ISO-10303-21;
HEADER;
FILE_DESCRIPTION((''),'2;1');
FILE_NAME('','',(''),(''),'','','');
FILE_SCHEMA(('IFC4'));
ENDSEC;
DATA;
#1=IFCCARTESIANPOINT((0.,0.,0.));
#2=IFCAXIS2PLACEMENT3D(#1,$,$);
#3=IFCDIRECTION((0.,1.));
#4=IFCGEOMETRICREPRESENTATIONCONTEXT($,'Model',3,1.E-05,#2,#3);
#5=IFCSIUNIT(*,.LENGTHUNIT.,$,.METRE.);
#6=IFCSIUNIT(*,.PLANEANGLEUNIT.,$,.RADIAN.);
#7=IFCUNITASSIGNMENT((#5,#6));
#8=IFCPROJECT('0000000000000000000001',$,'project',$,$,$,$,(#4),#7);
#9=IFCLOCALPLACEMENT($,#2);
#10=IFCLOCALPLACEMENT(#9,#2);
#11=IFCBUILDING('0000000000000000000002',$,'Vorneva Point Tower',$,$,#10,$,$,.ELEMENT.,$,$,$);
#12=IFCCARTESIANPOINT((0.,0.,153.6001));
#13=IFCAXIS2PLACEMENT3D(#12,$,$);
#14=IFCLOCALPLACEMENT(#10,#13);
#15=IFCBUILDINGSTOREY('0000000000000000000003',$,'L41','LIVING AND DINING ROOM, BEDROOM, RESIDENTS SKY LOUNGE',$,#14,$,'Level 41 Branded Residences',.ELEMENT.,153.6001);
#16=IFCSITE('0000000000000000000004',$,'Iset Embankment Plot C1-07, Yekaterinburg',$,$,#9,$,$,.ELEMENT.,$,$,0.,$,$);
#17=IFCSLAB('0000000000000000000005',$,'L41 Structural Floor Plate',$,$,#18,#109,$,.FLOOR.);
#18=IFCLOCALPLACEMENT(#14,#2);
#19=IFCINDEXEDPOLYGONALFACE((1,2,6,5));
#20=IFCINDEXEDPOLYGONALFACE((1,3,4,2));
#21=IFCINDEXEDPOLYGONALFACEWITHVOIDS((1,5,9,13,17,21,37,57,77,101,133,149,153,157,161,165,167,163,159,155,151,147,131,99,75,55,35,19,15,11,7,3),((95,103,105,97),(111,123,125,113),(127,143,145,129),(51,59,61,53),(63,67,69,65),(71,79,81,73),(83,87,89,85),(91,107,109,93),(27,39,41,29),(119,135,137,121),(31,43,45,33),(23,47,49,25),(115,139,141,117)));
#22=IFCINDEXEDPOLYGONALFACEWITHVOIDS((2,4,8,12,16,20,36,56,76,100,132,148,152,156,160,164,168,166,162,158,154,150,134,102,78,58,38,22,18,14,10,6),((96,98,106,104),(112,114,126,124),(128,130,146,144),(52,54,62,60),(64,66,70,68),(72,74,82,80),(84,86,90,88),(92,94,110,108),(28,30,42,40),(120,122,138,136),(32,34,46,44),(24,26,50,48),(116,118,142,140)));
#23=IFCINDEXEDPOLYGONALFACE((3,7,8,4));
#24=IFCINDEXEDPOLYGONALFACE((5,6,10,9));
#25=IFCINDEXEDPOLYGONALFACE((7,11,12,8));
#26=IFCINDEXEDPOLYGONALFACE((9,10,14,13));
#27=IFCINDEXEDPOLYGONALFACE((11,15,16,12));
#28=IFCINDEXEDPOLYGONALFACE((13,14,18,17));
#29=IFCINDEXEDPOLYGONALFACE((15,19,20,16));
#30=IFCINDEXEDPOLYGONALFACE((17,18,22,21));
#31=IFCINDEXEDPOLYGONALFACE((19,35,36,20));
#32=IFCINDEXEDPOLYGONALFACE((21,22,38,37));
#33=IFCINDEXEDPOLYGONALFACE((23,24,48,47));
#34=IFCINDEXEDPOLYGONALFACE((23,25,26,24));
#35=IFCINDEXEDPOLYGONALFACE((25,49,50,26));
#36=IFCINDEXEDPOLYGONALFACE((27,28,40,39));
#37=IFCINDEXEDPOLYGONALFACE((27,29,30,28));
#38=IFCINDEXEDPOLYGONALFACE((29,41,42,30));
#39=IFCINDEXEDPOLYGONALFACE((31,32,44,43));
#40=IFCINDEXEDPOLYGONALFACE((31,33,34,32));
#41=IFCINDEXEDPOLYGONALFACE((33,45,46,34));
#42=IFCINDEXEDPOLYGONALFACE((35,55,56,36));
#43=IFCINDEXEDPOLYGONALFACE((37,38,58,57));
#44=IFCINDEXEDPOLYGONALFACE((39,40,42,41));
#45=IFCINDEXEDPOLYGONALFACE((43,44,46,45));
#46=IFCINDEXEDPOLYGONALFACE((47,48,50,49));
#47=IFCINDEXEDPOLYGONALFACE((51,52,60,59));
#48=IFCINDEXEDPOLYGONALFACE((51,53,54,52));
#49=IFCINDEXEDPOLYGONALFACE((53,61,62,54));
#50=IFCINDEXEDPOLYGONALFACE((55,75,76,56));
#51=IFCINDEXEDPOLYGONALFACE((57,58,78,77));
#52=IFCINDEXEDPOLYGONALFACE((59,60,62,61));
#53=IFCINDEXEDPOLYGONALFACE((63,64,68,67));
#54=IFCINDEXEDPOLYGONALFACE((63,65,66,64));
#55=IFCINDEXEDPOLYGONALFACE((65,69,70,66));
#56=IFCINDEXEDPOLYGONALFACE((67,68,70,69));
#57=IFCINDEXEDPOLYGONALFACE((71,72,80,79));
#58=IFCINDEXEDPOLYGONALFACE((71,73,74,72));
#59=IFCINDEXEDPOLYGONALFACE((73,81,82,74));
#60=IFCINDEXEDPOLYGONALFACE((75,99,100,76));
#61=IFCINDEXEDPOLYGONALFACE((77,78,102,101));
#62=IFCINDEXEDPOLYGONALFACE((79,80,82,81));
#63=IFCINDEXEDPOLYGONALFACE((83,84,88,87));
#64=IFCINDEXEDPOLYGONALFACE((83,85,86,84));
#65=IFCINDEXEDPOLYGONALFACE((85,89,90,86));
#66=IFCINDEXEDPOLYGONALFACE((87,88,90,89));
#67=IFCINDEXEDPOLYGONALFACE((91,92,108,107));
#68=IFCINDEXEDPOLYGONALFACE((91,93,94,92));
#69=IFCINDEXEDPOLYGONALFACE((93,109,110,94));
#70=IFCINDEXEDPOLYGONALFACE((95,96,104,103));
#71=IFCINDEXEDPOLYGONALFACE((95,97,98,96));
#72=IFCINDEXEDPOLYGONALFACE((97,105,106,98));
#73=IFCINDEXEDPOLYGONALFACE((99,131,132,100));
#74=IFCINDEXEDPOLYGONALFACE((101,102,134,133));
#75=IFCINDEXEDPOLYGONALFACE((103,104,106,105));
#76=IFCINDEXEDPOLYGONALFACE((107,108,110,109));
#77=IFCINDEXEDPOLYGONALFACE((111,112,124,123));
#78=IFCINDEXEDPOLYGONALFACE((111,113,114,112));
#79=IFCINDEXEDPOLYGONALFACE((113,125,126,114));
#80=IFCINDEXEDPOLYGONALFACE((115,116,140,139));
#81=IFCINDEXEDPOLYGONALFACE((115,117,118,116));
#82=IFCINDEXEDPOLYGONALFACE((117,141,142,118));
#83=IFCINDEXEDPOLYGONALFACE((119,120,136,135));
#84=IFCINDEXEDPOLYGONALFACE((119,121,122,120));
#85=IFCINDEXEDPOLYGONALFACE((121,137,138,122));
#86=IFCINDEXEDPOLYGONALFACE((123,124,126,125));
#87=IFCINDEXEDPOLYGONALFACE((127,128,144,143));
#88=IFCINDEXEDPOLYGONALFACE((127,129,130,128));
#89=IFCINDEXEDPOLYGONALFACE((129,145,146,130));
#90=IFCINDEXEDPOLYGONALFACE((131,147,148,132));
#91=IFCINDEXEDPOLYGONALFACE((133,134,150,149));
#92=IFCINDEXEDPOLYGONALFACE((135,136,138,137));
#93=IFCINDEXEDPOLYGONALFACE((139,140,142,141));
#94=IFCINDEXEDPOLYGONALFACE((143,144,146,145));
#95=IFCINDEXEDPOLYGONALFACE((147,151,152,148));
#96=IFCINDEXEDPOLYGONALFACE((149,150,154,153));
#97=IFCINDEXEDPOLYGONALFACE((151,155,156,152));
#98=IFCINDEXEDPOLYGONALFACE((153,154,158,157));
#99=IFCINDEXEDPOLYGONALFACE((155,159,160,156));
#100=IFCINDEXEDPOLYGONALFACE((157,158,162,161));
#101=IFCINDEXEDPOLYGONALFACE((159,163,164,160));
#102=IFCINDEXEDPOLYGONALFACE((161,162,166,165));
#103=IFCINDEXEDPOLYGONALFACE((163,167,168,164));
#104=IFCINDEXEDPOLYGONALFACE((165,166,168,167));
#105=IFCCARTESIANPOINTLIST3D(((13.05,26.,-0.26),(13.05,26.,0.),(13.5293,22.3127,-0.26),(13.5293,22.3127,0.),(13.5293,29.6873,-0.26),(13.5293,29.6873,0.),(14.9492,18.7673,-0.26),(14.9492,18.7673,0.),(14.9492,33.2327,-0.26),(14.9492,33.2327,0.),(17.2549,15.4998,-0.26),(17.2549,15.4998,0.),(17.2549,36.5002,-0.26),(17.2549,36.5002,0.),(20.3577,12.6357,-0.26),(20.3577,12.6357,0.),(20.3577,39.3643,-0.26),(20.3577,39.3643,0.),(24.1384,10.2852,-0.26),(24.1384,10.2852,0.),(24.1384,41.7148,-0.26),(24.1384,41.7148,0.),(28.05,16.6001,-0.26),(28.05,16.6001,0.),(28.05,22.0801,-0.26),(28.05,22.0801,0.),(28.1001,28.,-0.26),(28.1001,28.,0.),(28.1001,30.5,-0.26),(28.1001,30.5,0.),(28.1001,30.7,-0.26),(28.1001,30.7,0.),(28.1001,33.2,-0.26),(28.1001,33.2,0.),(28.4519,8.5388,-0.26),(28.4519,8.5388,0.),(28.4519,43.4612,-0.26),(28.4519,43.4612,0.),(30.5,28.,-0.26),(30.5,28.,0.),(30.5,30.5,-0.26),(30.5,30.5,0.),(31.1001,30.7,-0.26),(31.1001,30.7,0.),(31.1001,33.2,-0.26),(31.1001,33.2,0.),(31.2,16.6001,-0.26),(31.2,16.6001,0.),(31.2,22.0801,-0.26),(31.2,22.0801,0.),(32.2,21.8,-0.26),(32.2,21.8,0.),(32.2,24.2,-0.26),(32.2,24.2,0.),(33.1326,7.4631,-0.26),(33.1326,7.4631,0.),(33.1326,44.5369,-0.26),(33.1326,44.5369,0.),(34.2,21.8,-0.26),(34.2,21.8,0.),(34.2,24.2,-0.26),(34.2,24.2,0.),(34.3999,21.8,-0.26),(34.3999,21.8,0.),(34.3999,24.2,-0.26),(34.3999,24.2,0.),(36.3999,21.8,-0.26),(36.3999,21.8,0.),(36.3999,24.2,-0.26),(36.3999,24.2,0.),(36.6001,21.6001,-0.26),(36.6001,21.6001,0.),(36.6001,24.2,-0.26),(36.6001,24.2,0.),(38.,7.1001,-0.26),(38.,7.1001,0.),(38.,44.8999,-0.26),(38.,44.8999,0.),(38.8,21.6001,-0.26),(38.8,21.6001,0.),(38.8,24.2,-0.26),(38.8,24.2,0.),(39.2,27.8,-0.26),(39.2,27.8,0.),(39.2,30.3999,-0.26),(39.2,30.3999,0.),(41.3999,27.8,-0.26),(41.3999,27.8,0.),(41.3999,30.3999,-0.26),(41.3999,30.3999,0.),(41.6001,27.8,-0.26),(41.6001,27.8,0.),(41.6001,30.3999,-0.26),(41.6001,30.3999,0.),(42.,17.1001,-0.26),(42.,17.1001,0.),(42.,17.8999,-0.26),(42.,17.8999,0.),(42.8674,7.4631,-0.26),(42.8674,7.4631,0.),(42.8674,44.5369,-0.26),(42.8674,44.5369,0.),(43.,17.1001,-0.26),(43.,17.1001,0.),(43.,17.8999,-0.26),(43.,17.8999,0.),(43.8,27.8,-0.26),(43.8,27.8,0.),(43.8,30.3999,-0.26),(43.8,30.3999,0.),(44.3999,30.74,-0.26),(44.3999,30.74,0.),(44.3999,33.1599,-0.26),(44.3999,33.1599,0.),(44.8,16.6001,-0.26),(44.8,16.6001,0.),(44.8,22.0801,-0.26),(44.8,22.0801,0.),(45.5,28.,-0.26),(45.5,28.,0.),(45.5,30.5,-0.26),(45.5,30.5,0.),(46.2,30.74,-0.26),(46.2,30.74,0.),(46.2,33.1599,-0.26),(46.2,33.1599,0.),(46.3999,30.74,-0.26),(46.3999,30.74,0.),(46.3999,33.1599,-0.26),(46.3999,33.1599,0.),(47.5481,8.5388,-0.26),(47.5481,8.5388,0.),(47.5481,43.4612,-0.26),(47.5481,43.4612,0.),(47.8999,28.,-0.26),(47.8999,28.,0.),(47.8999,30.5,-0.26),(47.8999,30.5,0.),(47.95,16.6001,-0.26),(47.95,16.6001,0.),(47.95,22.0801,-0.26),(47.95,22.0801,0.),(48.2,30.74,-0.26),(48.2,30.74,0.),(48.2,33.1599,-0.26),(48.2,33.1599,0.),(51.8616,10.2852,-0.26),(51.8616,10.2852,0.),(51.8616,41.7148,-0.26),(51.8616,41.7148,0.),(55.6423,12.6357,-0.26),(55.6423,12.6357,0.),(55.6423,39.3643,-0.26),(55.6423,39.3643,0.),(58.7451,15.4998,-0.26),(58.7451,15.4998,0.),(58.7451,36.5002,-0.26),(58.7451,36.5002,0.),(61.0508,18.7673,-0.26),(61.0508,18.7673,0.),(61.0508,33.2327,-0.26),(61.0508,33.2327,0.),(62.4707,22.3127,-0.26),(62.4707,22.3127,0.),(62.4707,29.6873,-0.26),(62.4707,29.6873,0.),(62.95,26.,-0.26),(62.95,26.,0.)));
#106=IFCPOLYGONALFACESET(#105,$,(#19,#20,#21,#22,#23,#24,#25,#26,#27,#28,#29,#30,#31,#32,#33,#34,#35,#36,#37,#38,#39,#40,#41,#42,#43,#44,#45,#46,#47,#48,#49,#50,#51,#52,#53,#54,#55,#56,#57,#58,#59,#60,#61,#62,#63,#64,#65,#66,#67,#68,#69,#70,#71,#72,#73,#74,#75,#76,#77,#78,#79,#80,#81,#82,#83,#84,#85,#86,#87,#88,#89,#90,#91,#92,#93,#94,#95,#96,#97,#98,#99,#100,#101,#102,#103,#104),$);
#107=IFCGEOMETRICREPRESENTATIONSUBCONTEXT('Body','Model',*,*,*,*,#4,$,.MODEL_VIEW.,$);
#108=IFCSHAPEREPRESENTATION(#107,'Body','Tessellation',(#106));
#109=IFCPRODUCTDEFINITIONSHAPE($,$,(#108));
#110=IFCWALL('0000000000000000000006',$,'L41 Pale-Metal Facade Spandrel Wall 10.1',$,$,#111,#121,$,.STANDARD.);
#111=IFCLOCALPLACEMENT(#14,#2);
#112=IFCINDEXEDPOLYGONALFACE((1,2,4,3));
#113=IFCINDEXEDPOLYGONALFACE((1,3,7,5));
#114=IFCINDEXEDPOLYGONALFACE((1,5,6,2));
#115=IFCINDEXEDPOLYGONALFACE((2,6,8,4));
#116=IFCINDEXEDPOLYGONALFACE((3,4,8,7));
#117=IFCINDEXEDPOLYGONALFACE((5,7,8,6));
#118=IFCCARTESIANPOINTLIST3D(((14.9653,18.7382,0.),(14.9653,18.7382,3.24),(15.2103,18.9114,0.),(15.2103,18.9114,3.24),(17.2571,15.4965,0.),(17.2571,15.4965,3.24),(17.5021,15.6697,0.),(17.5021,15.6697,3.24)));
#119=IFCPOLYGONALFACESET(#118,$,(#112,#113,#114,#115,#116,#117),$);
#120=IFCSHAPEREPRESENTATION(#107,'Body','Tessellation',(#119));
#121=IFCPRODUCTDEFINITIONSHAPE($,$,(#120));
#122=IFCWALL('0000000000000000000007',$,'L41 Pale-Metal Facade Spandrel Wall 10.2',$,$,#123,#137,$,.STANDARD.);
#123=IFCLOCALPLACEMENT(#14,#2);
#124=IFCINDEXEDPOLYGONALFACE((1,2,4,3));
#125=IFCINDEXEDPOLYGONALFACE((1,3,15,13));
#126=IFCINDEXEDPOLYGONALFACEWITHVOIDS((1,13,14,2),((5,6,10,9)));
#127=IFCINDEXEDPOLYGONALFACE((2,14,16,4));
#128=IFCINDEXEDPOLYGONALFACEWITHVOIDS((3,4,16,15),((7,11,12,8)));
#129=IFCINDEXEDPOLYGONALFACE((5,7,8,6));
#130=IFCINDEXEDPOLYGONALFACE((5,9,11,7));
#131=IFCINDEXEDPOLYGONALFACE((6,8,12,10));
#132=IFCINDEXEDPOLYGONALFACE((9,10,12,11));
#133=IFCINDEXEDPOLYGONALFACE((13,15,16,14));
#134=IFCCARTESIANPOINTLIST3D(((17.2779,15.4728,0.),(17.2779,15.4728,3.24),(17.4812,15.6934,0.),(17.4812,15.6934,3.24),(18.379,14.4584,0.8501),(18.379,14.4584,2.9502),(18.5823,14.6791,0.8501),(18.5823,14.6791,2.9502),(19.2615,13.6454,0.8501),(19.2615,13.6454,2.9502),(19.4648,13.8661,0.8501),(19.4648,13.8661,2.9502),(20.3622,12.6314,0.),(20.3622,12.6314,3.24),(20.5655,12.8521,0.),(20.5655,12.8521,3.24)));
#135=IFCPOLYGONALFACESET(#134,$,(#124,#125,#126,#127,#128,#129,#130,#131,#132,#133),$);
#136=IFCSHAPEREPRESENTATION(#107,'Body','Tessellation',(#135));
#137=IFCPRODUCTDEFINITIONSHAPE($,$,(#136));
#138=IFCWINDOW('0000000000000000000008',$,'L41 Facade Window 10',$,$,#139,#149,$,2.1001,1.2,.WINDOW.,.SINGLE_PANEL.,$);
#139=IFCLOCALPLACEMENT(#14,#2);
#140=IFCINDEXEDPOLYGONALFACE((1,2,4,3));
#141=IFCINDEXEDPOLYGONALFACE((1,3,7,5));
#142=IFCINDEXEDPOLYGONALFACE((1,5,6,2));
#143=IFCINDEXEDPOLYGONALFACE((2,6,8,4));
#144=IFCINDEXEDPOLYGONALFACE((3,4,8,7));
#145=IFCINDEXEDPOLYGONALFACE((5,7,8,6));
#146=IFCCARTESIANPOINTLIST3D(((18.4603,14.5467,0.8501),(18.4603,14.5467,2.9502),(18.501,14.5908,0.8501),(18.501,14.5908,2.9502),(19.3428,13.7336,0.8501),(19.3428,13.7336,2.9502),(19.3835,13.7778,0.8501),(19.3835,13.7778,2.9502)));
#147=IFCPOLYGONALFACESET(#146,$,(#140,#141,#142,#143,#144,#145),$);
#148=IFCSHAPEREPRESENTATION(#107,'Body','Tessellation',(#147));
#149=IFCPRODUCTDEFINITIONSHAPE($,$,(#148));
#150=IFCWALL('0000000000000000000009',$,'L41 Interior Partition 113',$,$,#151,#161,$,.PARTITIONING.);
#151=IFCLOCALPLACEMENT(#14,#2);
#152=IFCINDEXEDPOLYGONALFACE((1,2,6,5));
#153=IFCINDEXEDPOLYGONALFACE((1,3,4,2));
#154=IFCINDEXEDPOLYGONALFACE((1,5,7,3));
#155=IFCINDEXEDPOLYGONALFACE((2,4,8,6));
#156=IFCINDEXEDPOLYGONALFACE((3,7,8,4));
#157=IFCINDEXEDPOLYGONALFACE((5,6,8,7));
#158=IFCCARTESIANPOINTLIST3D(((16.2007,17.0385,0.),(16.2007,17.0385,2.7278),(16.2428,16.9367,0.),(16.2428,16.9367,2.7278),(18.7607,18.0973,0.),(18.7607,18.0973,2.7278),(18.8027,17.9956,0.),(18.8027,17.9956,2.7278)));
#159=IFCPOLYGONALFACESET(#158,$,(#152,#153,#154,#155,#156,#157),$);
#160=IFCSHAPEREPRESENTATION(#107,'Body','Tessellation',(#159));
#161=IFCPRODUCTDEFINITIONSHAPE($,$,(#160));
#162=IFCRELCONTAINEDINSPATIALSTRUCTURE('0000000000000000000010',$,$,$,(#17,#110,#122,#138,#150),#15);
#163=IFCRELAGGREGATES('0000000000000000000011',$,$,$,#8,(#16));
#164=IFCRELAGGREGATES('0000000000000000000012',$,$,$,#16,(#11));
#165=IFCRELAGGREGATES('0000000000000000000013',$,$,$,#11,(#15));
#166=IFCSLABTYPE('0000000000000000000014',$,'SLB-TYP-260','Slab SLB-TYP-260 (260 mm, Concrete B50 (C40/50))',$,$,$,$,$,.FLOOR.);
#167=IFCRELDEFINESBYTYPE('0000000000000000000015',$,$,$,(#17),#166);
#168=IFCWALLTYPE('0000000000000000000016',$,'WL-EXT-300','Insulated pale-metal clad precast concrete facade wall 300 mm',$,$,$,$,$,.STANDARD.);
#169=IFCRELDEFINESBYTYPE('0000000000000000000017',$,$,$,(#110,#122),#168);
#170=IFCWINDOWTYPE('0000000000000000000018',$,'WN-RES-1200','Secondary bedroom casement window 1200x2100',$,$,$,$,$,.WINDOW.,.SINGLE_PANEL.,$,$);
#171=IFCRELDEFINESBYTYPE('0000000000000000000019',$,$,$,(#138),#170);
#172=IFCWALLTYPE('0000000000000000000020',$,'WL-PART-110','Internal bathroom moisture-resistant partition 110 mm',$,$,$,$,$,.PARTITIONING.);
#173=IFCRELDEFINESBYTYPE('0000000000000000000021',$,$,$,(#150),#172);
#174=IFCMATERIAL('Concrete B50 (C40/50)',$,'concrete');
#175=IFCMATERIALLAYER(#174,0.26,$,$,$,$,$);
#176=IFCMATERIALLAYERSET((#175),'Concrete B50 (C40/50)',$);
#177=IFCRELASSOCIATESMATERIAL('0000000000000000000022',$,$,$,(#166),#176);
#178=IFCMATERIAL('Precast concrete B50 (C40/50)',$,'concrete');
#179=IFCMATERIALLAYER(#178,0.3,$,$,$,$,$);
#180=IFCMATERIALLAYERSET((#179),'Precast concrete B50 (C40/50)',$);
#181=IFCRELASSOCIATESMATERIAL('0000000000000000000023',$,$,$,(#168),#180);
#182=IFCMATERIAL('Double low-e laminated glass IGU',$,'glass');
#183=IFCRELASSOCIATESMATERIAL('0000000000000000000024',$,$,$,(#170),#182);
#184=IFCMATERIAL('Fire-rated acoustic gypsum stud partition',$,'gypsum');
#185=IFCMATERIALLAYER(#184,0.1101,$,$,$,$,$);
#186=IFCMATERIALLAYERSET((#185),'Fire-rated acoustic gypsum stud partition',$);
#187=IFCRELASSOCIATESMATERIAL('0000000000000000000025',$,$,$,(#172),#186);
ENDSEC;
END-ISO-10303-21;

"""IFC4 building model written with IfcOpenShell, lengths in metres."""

from ifc_helpers import new_model, si_unit, direction, frame, frame_2d, origin, place, context, subcontext, project, spatial, polyline, rectangle, outline, extrude, material, layer, layer_set, type_object, element, fill, save


model = new_model("IFC4")

# Units and contexts
model_context = context("Model", 3, precision=1e-05, world=origin(), true_north=direction((0.0, 1.0)))
body_context = subcontext(model_context, "Body", "Model", "MODEL_VIEW")
ifc_project = project(units=[si_unit("LENGTHUNIT", "METRE"), si_unit("PLANEANGLEUNIT", "RADIAN")], contexts=[model_context])

# Site, building, storey
site_placement = place(None, origin())
site = spatial("IfcSite", under=ifc_project, at=site_placement, Name="Iset Embankment Plot C1-07, Yekaterinburg", CompositionType="ELEMENT", RefElevation=0.0)
building_placement = place(site_placement, origin())
building = spatial("IfcBuilding", under=site, at=building_placement, Name="Vorneva Point Tower", CompositionType="ELEMENT")
storey_placement = place(building_placement, frame((0.0, 0.0, 153.6001)))
storey = spatial("IfcBuildingStorey", under=building, at=storey_placement, Name="L41", Description="LIVING AND DINING ROOM, BEDROOM, RESIDENTS SKY LOUNGE", LongName="Level 41 Branded Residences", CompositionType="ELEMENT", Elevation=153.6001)

# Shared definitions
ifc_material_1 = material(Name="Double low-e laminated glass IGU", Category="glass")

# Shared definitions
ifc_material_2 = material(Name="Concrete B50 (C40/50)", Category="concrete")

# Slab
ifc_layer_1 = layer(ifc_material_2, 0.26)
ifc_layer_set_1 = layer_set([ifc_layer_1], Name="Concrete B50 (C40/50)")
slab_type_1 = type_object("IfcSlabType", Name="SLB-TYP-260", Description="Slab SLB-TYP-260 (260 mm, Concrete B50 (C40/50))", PredefinedType="FLOOR", material=ifc_layer_set_1)
slab_1_placement = place(storey_placement, frame((0.0, 0.0, -0.26)))
element("IfcSlab", 1, at=slab_1_placement, inside=storey, type_object=slab_type_1, Name="L41 Structural Floor Plate", PredefinedType="FLOOR", context=body_context, shape_type="SweptSolid", body=[
    extrude(outline(polyline([(62.95, 26.0), (62.4707, 29.6873), (61.0508, 33.2327), (58.7451, 36.5002), (55.6423, 39.3643), (51.8616, 41.7148), (47.5481, 43.4612), (42.8674, 44.5369), (38.0, 44.8999), (33.1326, 44.5369), (28.4519, 43.4612), (24.1384, 41.7148), (20.3577, 39.3643), (17.2549, 36.5002), (14.9492, 33.2327), (13.5293, 29.6873), (13.05, 26.0), (13.5293, 22.3127), (14.9492, 18.7673), (17.2549, 15.4998), (20.3577, 12.6357), (24.1384, 10.2852), (28.4519, 8.5388), (33.1326, 7.4631), (38.0, 7.1001), (42.8674, 7.4631), (47.5481, 8.5388), (51.8616, 10.2852), (55.6423, 12.6357), (58.7451, 15.4998), (61.0508, 18.7673), (62.4707, 22.3127), (62.95, 26.0)]), holes=[polyline([(32.2, 21.8), (34.2, 21.8), (34.2, 24.2), (32.2, 24.2), (32.2, 21.8)]), polyline([(34.3999, 21.8), (36.3999, 21.8), (36.3999, 24.2), (34.3999, 24.2), (34.3999, 21.8)]), polyline([(36.6001, 21.6001), (38.8, 21.6001), (38.8, 24.2), (36.6001, 24.2), (36.6001, 21.6001)]), polyline([(39.2, 27.8), (41.3999, 27.8), (41.3999, 30.3999), (39.2, 30.3999), (39.2, 27.8)]), polyline([(41.6001, 27.8), (43.8, 27.8), (43.8, 30.3999), (41.6001, 30.3999), (41.6001, 27.8)]), polyline([(44.3999, 30.74), (46.2, 30.74), (46.2, 33.1599), (44.3999, 33.1599), (44.3999, 30.74)]), polyline([(46.3999, 30.74), (48.2, 30.74), (48.2, 33.1599), (46.3999, 33.1599), (46.3999, 30.74)]), polyline([(28.1001, 28.0), (30.5, 28.0), (30.5, 30.5), (28.1001, 30.5), (28.1001, 28.0)]), polyline([(45.5, 28.0), (47.8999, 28.0), (47.8999, 30.5), (45.5, 30.5), (45.5, 28.0)]), polyline([(28.1001, 30.7), (31.1001, 30.7), (31.1001, 33.2), (28.1001, 33.2), (28.1001, 30.7)]), polyline([(28.05, 16.6001), (31.2, 16.6001), (31.2, 22.0801), (28.05, 22.0801), (28.05, 16.6001)]), polyline([(44.8, 16.6001), (47.95, 16.6001), (47.95, 22.0801), (44.8, 22.0801), (44.8, 16.6001)]), polyline([(42.0, 17.1001), (43.0, 17.1001), (43.0, 17.8999), (42.0, 17.8999), (42.0, 17.1001)])]), origin(), (0.0, 0.0, 1.0), 0.26),
])

# Wall
ifc_material_3 = material(Name="Precast concrete B50 (C40/50)", Category="concrete")
ifc_layer_2 = layer(ifc_material_3, 0.3)
ifc_layer_set_2 = layer_set([ifc_layer_2], Name="Precast concrete B50 (C40/50)")
wall_type_1 = type_object("IfcWallType", Name="WL-EXT-300", Description="Insulated pale-metal clad precast concrete facade wall 300 mm", PredefinedType="STANDARD", material=ifc_layer_set_2)
wall_1_placement = place(storey_placement, frame((15.0879, 18.8247, 0.0), z_axis=(0.0, 0.0, 1.0), x_axis=(0.57727, -0.816554, 0.0)))
element("IfcWall", 2, at=wall_1_placement, inside=storey, type_object=wall_type_1, Name="L41 Pale-Metal Facade Spandrel Wall 10.1", PredefinedType="STANDARD", context=body_context, shape_type="SweptSolid", body=[
    extrude(rectangle(XDim=3.97, YDim=0.3, at=frame_2d((1.9849, 0.0))), origin(), (0.0, 0.0, 1.0), 3.24),
])

# Wall, opening, window
wall_2_placement = place(storey_placement, frame((17.3796, 15.583, 0.0), z_axis=(0.0, 0.0, 1.0), x_axis=(0.735477, -0.67755, 0.0)))
wall_2 = element("IfcWall", 3, at=wall_2_placement, inside=storey, type_object=wall_type_1, Name="L41 Pale-Metal Facade Spandrel Wall 10.2", PredefinedType="STANDARD", context=body_context, shape_type="SweptSolid", body=[
    extrude(rectangle(XDim=4.1936, YDim=0.3, at=frame_2d((2.0967, 0.0))), origin(), (0.0, 0.0, 1.0), 3.24),
])
opening_1_placement = place(wall_2_placement, frame((1.4968, 0.0, 0.8501)))
opening_1 = element("IfcOpeningElement", 4, at=opening_1_placement, cuts=wall_2, PredefinedType="OPENING", context=body_context, shape_type="SweptSolid", body=[
    extrude(rectangle(XDim=1.2, YDim=2.1001, at=frame_2d((0.6001, 1.05))), frame((0.0, 0.165, 0.0), z_axis=(0.0, -1.0, 0.0), x_axis=(1.0, 0.0, 0.0)), (0.0, 0.0, 1.0), 0.3298),
])
window_type = type_object("IfcWindowType", Name="WN-RES-1200", Description="Secondary bedroom casement window 1200x2100", PartitioningType="SINGLE_PANEL", PredefinedType="WINDOW", material=ifc_material_1)
window_placement = place(opening_1_placement, origin())
window = element("IfcWindow", 5, at=window_placement, inside=storey, type_object=window_type, Name="L41 Facade Window 10", OverallHeight=2.1001, OverallWidth=1.2, PartitioningType="SINGLE_PANEL", PredefinedType="WINDOW", context=body_context, shape_type="SweptSolid", body=[
    extrude(rectangle(XDim=1.2, YDim=2.1001, at=frame_2d((0.6001, 1.05))), frame((0.0, 0.03, 0.0), z_axis=(0.0, -1.0, 0.0), x_axis=(1.0, 0.0, 0.0)), (0.0, 0.0, 1.0), 0.0601),
])
fill(opening_1, window)

# Wall
ifc_material_4 = material(Name="Fire-rated acoustic gypsum stud partition", Category="gypsum")
ifc_layer_3 = layer(ifc_material_4, 0.1101)
ifc_layer_set_3 = layer_set([ifc_layer_3], Name="Fire-rated acoustic gypsum stud partition")
wall_type_2 = type_object("IfcWallType", Name="WL-PART-110", Description="Internal bathroom moisture-resistant partition 110 mm", PredefinedType="PARTITIONING", material=ifc_layer_set_3)
wall_3_placement = place(storey_placement, frame((16.2217, 16.9875, 0.0), z_axis=(0.0, 0.0, 1.0), x_axis=(0.924067, 0.38223, 0.0)))
element("IfcWall", 6, at=wall_3_placement, inside=storey, type_object=wall_type_2, Name="L41 Interior Partition 113", PredefinedType="PARTITIONING", context=body_context, shape_type="SweptSolid", body=[
    extrude(rectangle(XDim=2.7703, YDim=0.1101, at=frame_2d((1.3853, 0.0))), origin(), (0.0, 0.0, 1.0), 2.7278),
])

save(model, "model.ifc")
